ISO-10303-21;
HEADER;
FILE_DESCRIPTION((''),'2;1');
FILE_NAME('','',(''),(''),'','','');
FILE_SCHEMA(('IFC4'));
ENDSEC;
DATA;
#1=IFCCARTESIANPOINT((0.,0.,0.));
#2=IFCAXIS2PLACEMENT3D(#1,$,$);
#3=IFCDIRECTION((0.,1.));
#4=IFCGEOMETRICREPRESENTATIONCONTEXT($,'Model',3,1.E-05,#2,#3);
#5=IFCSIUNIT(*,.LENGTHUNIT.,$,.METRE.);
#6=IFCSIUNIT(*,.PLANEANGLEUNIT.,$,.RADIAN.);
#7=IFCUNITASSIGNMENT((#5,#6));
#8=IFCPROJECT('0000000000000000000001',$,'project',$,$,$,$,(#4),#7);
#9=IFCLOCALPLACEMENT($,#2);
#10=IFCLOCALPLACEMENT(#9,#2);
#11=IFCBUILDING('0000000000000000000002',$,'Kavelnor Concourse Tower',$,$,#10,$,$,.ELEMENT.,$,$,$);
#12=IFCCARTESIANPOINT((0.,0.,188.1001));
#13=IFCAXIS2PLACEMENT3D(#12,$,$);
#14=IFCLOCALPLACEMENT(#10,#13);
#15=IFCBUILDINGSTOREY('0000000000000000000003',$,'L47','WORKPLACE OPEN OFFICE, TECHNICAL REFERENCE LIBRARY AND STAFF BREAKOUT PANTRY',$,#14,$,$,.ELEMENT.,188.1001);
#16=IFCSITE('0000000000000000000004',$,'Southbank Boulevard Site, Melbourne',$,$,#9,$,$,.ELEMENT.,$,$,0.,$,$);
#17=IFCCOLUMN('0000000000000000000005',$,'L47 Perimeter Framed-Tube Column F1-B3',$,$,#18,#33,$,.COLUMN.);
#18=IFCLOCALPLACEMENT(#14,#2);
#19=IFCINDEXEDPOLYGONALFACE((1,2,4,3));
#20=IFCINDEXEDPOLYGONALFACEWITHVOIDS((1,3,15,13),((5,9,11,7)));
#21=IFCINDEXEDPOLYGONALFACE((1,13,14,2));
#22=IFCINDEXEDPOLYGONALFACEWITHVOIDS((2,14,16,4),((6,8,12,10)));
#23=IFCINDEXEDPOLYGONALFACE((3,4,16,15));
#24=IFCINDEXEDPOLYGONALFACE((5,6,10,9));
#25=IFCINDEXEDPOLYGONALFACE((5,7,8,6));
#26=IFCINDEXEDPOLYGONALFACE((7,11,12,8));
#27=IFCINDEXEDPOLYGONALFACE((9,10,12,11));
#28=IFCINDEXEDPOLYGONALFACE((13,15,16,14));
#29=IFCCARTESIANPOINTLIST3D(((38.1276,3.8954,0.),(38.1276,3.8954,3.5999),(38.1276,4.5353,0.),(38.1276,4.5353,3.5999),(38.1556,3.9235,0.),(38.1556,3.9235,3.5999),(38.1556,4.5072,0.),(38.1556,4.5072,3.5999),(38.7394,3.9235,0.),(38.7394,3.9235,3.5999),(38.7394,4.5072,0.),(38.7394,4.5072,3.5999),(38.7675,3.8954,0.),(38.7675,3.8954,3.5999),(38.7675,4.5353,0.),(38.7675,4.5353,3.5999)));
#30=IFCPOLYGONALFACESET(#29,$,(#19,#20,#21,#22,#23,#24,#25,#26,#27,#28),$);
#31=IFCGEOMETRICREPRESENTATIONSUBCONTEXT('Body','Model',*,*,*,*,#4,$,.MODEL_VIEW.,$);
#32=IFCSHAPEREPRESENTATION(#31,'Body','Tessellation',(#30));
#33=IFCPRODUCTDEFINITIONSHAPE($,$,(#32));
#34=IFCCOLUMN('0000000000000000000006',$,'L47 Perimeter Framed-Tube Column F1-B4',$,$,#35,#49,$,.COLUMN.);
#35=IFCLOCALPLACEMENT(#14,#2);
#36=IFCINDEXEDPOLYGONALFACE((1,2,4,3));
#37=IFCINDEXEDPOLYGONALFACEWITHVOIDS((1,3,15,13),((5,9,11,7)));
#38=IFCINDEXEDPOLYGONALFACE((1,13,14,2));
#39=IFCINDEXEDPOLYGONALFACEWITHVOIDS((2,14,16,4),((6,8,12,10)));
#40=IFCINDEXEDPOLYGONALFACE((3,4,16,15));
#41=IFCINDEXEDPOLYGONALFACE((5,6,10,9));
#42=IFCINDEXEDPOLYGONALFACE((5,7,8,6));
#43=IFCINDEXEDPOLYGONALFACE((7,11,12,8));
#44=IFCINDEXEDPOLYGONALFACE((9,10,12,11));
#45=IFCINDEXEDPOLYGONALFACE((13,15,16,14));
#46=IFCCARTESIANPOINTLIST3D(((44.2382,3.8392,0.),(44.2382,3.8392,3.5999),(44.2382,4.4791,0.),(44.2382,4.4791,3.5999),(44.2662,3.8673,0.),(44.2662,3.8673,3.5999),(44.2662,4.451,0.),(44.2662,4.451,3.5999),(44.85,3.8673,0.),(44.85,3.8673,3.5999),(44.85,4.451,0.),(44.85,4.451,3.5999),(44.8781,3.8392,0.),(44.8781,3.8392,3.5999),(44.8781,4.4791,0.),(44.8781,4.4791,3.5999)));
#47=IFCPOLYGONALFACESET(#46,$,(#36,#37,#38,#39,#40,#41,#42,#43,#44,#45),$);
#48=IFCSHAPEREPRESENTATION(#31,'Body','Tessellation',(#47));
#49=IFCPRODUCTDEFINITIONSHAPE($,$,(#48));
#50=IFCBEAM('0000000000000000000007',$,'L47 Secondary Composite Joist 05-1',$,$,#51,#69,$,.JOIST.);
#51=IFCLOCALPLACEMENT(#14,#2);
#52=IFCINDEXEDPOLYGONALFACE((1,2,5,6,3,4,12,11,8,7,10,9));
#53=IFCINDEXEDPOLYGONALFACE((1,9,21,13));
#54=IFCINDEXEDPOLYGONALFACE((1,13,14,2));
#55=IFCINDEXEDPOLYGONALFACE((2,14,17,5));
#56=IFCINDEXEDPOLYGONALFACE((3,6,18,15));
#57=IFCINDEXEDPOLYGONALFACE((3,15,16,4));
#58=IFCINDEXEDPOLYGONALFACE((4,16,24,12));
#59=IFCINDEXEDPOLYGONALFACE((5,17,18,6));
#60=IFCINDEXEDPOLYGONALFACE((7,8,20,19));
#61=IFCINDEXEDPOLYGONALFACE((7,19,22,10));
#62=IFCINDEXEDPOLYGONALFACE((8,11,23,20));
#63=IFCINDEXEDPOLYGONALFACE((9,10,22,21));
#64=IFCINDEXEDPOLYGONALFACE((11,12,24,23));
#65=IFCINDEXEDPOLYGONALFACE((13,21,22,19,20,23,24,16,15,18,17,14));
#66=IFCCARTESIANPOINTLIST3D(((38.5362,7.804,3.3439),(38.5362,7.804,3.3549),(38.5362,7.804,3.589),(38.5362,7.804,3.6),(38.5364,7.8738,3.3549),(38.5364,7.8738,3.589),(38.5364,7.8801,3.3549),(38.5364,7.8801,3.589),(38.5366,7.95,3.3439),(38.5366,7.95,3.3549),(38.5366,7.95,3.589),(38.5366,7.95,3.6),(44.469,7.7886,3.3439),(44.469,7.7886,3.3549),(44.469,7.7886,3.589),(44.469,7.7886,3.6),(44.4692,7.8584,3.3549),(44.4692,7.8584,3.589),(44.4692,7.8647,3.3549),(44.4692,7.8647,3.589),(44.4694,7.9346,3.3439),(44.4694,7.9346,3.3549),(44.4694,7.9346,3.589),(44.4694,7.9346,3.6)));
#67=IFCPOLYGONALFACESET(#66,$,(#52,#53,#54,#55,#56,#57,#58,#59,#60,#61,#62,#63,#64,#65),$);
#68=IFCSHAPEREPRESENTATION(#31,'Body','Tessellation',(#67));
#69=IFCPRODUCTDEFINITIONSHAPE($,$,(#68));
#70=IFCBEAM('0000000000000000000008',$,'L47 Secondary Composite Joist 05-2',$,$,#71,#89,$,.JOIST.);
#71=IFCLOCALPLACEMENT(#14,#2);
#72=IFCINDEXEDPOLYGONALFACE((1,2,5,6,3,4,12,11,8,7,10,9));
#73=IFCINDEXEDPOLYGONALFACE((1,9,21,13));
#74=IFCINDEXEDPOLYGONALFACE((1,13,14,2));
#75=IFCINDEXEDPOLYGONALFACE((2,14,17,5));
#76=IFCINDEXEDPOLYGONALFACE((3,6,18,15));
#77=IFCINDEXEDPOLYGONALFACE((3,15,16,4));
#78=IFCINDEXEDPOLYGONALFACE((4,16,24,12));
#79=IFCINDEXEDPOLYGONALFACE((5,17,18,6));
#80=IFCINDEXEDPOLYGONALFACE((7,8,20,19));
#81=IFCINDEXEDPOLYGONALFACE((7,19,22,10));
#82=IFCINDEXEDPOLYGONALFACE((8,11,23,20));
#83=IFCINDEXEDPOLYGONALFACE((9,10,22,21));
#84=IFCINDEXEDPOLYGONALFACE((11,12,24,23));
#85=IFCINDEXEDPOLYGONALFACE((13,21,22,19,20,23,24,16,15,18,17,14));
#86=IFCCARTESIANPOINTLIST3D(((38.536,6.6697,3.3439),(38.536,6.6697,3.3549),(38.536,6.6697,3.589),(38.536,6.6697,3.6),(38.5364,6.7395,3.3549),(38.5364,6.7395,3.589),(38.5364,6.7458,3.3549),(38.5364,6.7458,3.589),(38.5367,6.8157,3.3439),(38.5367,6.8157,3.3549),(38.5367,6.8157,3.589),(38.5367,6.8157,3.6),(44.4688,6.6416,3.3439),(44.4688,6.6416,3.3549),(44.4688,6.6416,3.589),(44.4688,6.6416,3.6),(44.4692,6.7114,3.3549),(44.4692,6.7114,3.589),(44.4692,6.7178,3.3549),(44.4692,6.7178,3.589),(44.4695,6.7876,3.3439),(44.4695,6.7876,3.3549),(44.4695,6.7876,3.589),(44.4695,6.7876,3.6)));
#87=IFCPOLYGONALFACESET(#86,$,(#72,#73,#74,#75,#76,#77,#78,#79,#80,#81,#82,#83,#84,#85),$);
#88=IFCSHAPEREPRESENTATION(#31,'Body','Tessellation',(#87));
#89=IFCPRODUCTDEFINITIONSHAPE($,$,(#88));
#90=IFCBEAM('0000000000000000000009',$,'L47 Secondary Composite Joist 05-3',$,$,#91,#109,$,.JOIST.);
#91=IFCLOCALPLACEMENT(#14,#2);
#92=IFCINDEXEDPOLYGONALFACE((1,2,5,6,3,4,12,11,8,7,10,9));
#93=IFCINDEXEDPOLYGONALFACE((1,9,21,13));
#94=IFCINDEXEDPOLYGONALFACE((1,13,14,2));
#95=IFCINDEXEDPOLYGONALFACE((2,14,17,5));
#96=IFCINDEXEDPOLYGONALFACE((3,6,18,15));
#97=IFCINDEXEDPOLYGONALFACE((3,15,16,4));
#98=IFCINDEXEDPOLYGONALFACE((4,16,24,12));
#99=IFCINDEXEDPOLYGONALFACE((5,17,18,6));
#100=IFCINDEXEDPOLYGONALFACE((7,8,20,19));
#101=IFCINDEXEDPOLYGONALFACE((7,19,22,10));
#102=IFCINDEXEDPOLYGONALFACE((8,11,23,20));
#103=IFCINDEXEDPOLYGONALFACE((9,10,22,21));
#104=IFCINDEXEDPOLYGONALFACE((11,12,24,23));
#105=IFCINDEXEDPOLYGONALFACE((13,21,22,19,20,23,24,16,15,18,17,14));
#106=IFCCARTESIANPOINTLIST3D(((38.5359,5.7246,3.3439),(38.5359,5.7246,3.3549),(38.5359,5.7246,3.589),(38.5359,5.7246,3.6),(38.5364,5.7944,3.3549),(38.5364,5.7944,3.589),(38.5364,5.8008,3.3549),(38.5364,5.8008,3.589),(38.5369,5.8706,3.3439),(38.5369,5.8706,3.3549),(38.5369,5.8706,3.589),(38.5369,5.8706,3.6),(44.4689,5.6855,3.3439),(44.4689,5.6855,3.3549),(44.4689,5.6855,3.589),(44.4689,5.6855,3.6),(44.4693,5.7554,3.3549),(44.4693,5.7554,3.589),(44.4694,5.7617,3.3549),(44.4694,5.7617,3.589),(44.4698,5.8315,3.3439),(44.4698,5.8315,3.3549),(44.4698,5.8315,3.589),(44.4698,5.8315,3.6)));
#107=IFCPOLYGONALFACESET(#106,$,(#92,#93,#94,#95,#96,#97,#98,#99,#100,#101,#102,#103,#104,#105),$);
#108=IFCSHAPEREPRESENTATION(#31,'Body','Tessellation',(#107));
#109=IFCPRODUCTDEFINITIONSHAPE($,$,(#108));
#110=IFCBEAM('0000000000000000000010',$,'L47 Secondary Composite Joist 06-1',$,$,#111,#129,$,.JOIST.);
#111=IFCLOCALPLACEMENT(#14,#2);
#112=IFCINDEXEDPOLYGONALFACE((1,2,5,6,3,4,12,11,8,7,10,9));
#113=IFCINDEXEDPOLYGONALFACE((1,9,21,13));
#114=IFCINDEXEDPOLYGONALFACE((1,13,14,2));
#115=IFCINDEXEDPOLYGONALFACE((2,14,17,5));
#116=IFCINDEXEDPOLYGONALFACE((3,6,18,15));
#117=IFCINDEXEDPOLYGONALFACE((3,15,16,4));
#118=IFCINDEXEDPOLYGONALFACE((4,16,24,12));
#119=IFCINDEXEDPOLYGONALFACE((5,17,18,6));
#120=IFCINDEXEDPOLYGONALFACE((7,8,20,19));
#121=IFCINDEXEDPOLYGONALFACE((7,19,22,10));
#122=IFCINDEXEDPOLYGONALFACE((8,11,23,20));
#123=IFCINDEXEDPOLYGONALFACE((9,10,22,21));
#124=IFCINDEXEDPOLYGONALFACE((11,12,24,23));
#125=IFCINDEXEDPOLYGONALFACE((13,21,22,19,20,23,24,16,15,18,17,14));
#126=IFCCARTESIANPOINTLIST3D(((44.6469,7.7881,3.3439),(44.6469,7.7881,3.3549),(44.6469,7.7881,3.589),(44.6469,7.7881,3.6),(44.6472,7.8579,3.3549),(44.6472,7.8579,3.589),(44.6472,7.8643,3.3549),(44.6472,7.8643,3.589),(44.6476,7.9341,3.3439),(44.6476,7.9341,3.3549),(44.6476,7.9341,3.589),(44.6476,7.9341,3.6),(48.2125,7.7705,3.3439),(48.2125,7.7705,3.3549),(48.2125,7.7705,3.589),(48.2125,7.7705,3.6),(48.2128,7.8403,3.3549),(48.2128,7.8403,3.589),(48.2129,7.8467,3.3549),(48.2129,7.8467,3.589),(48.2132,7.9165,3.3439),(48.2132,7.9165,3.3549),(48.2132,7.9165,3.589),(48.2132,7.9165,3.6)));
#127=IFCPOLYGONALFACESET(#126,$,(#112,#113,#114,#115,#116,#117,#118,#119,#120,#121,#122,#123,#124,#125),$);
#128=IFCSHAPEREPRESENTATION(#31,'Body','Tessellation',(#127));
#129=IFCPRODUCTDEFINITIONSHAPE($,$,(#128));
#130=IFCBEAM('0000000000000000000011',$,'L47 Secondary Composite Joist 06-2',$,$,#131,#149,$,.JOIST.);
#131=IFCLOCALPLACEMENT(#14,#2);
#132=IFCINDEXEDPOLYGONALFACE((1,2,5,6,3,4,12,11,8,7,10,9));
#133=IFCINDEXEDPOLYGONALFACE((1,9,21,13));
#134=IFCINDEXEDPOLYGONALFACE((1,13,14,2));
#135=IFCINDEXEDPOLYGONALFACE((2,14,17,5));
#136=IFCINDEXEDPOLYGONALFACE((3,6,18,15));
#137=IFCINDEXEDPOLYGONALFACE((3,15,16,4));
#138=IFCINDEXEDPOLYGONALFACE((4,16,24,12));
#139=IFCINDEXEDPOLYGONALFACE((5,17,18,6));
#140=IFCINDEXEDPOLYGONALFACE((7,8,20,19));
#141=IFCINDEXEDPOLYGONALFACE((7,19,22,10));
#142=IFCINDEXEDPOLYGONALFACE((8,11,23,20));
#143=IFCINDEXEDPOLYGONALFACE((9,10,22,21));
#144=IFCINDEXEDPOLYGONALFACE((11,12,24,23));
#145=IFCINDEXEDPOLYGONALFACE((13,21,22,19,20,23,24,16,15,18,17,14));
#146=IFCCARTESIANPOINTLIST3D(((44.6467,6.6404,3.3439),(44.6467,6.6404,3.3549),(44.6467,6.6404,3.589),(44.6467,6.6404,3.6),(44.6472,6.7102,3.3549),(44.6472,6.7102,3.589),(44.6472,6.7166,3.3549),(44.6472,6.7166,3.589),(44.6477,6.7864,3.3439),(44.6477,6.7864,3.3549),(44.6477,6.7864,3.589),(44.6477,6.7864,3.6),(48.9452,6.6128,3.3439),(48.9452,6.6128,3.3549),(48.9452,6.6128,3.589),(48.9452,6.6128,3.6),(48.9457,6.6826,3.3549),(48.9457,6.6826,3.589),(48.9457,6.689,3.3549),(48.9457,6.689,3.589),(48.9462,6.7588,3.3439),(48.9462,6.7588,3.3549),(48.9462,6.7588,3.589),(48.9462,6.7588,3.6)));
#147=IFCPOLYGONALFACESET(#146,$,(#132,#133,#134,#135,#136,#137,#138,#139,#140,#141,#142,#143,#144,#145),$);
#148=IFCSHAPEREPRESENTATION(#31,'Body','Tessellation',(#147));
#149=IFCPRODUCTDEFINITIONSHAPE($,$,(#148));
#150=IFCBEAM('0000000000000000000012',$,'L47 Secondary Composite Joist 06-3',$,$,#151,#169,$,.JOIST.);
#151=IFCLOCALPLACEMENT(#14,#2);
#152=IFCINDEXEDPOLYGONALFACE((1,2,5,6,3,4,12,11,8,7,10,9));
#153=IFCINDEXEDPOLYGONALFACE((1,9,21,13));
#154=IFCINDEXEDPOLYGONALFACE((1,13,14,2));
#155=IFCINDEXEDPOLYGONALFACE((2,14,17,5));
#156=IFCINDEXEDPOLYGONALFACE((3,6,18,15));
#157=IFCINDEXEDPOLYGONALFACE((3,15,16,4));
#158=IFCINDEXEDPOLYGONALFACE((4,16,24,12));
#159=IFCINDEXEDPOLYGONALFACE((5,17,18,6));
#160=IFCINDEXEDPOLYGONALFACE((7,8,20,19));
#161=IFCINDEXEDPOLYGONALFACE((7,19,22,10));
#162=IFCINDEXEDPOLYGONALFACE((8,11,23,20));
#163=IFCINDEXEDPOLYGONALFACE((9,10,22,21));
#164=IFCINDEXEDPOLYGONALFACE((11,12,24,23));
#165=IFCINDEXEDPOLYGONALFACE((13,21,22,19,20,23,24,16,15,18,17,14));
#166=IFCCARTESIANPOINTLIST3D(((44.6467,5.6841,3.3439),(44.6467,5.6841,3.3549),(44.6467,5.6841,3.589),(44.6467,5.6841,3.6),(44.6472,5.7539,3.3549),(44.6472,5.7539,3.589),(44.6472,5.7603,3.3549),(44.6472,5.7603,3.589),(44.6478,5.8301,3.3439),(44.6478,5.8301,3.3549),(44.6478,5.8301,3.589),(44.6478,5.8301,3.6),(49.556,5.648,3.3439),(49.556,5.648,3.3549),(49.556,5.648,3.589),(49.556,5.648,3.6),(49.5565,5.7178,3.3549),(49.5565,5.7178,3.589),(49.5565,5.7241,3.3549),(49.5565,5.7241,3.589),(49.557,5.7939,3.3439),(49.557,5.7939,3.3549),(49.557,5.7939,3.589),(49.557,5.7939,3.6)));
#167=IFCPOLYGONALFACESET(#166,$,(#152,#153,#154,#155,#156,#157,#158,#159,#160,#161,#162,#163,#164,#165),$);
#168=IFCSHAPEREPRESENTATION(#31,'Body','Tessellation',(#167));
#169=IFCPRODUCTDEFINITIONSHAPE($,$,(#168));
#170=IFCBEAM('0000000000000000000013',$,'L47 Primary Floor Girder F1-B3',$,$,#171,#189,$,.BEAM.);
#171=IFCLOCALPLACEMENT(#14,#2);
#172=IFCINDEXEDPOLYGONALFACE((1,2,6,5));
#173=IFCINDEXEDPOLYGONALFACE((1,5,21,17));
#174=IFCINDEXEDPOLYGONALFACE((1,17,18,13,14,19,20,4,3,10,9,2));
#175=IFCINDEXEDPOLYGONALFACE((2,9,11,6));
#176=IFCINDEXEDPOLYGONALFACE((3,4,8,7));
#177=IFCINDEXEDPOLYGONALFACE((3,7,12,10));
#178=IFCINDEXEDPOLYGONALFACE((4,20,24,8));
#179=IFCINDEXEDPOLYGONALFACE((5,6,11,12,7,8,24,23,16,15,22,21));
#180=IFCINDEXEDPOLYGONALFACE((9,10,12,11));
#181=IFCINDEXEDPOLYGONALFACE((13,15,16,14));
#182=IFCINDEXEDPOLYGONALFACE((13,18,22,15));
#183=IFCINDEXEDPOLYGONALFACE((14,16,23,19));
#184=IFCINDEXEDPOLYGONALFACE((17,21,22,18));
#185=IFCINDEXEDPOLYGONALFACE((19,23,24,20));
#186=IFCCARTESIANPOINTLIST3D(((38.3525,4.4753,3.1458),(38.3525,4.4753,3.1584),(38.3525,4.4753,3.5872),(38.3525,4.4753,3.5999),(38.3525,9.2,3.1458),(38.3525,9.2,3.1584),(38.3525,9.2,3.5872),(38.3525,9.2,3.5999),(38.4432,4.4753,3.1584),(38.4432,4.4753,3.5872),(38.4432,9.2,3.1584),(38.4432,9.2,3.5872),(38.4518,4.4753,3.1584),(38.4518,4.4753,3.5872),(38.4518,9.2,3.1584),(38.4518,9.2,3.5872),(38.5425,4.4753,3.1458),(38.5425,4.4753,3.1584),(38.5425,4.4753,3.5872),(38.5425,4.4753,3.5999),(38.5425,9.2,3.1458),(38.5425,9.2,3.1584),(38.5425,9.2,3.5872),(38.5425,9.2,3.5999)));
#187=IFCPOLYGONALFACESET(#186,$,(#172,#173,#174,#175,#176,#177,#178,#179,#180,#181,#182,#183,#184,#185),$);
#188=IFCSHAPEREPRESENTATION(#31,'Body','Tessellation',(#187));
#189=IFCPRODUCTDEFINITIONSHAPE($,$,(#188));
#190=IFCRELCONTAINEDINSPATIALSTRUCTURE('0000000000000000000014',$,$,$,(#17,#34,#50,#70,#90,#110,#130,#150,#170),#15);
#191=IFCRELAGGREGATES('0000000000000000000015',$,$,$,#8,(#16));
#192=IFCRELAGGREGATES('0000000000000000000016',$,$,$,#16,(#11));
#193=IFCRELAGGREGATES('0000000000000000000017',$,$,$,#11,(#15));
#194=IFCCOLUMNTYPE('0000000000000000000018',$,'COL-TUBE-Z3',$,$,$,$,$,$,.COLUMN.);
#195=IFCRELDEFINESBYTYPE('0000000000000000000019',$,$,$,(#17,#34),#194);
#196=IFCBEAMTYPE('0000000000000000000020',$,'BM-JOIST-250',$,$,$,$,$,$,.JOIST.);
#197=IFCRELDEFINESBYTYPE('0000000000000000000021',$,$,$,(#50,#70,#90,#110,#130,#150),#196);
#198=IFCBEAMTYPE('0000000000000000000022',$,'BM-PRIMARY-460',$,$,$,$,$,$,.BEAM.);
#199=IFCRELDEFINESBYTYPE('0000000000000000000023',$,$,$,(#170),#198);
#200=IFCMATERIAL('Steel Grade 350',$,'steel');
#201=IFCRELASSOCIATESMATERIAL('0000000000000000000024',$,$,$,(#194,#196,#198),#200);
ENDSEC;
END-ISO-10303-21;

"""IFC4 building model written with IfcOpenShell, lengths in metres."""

from ifc_helpers import new_model, si_unit, direction, frame, origin, origin_2d, place, context, subcontext, project, spatial, hollow_rectangle, i_section, extrude, material, material_profile, profile_set, type_object, element, save


model = new_model("IFC4")

# Units and contexts
model_context = context("Model", 3, precision=1e-05, world=origin(), true_north=direction((0.0, 1.0)))
body_context = subcontext(model_context, "Body", "Model", "MODEL_VIEW")
ifc_project = project(units=[si_unit("LENGTHUNIT", "METRE"), si_unit("PLANEANGLEUNIT", "RADIAN")], contexts=[model_context])

# Site, building, storey
site_placement = place(None, origin())
site = spatial("IfcSite", under=ifc_project, at=site_placement, Name="Southbank Boulevard Site, Melbourne", CompositionType="ELEMENT", RefElevation=0.0)
building_placement = place(site_placement, origin())
building = spatial("IfcBuilding", under=site, at=building_placement, Name="Kavelnor Concourse Tower", CompositionType="ELEMENT")
storey_placement = place(building_placement, frame((0.0, 0.0, 188.1001)))
storey = spatial("IfcBuildingStorey", under=building, at=storey_placement, Name="L47", Description="WORKPLACE OPEN OFFICE, TECHNICAL REFERENCE LIBRARY AND STAFF BREAKOUT PANTRY", CompositionType="ELEMENT", Elevation=188.1001)

# Columns
ifc_material_1 = material(Name="Steel Grade 350", Category="steel")
ifc_material_profile_1 = material_profile(ifc_material_1, hollow_rectangle(XDim=0.6399, YDim=0.6399, WallThickness=0.0281, at=origin_2d()), Name="SHS 640x640x28")
ifc_profile_set_1 = profile_set([ifc_material_profile_1], Name="Steel Grade 350")
column_type = type_object("IfcColumnType", Name="COL-TUBE-Z3", PredefinedType="COLUMN", material=ifc_profile_set_1)
for number, where, z_axis, x_axis, name in (
    (1, (38.4475, 4.2153, 0.0), (0.0, 0.0, 1.0), (1.0, 0.0, 0.0), "L47 Perimeter Framed-Tube Column F1-B3"),
    (2, (44.5581, 4.1592, 0.0), (0.0, 0.0, 1.0), (1.0, 0.0, 0.0), "L47 Perimeter Framed-Tube Column F1-B4"),
):
    element("IfcColumn", number, at=place(storey_placement, frame(where, z_axis=z_axis, x_axis=x_axis)), inside=storey, type_object=column_type, Name=name, PredefinedType="COLUMN", context=body_context, shape_type="SweptSolid", body=[
        extrude(hollow_rectangle(XDim=0.6399, YDim=0.6399, WallThickness=0.0281, at=origin_2d()), origin(), (0.0, 0.0, 1.0), 3.5999),
    ])

# Beams
ifc_material_profile_2 = material_profile(ifc_material_1, i_section(OverallWidth=0.146, OverallDepth=0.2561, WebThickness=0.0063, FlangeThickness=0.011, at=origin_2d()), Name="250UB37")
ifc_profile_set_2 = profile_set([ifc_material_profile_2], Name="Steel Grade 350")
beam_type_1 = type_object("IfcBeamType", Name="BM-JOIST-250", PredefinedType="JOIST", material=ifc_profile_set_2)
for number, where, z_axis, x_axis, name in (
    (3, (38.5364, 7.877, 3.4719), (0.999997, -0.002592, 0.0), (0.002592, 0.999997, 0.0), "L47 Secondary Composite Joist 05-1"),
    (4, (38.5364, 6.7427, 3.4719), (0.999989, -0.004732, 0.0), (0.004732, 0.999989, 0.0), "L47 Secondary Composite Joist 05-2"),
):
    element("IfcBeam", number, at=place(storey_placement, frame(where, z_axis=z_axis, x_axis=x_axis)), inside=storey, type_object=beam_type_1, Name=name, PredefinedType="JOIST", context=body_context, shape_type="SweptSolid", body=[
        extrude(i_section(OverallWidth=0.146, OverallDepth=0.2561, WebThickness=0.0063, FlangeThickness=0.011, at=origin_2d()), origin(), (0.0, 0.0, 1.0), 5.9329),
    ])
beam_1_placement = place(storey_placement, frame((38.5364, 5.7976, 3.4719), z_axis=(0.999978, -0.006584, 0.0), x_axis=(0.006584, 0.999978, 0.0)))
element("IfcBeam", 5, at=beam_1_placement, inside=storey, type_object=beam_type_1, Name="L47 Secondary Composite Joist 05-3", PredefinedType="JOIST", context=body_context, shape_type="SweptSolid", body=[
    extrude(i_section(OverallWidth=0.146, OverallDepth=0.2561, WebThickness=0.0063, FlangeThickness=0.011, at=origin_2d()), origin(), (0.0, 0.0, 1.0), 5.9331),
])
beam_2_placement = place(storey_placement, frame((44.6472, 7.8611, 3.4719), z_axis=(0.999988, -0.00493, 0.0), x_axis=(0.00493, 0.999988, 0.0)))
element("IfcBeam", 6, at=beam_2_placement, inside=storey, type_object=beam_type_1, Name="L47 Secondary Composite Joist 06-1", PredefinedType="JOIST", context=body_context, shape_type="SweptSolid", body=[
    extrude(i_section(OverallWidth=0.146, OverallDepth=0.2561, WebThickness=0.0063, FlangeThickness=0.011, at=origin_2d()), origin(), (0.0, 0.0, 1.0), 3.5657),
])
beam_3_placement = place(storey_placement, frame((44.6472, 6.7134, 3.4719), z_axis=(0.999979, -0.006418, 0.0), x_axis=(0.006418, 0.999979, 0.0)))
element("IfcBeam", 7, at=beam_3_placement, inside=storey, type_object=beam_type_1, Name="L47 Secondary Composite Joist 06-2", PredefinedType="JOIST", context=body_context, shape_type="SweptSolid", body=[
    extrude(i_section(OverallWidth=0.146, OverallDepth=0.2561, WebThickness=0.0063, FlangeThickness=0.011, at=origin_2d()), origin(), (0.0, 0.0, 1.0), 4.2986),
])
beam_4_placement = place(storey_placement, frame((44.6472, 5.7571, 3.4719), z_axis=(0.999973, -0.00736, 0.0), x_axis=(0.00736, 0.999973, 0.0)))
element("IfcBeam", 8, at=beam_4_placement, inside=storey, type_object=beam_type_1, Name="L47 Secondary Composite Joist 06-3", PredefinedType="JOIST", context=body_context, shape_type="SweptSolid", body=[
    extrude(i_section(OverallWidth=0.146, OverallDepth=0.2561, WebThickness=0.0063, FlangeThickness=0.011, at=origin_2d()), origin(), (0.0, 0.0, 1.0), 4.9094),
])
ifc_material_profile_3 = material_profile(ifc_material_1, i_section(OverallWidth=0.1899, OverallDepth=0.4541, WebThickness=0.0085, FlangeThickness=0.0127, at=origin_2d()), Name="460UB67")
ifc_profile_set_3 = profile_set([ifc_material_profile_3], Name="Steel Grade 350")
beam_type_2 = type_object("IfcBeamType", Name="BM-PRIMARY-460", PredefinedType="BEAM", material=ifc_profile_set_3)
beam_5_placement = place(storey_placement, frame((38.4475, 9.2, 3.3728), z_axis=(0.0, -1.0, 0.0), x_axis=(1.0, 0.0, 0.0)))
element("IfcBeam", 9, at=beam_5_placement, inside=storey, type_object=beam_type_2, Name="L47 Primary Floor Girder F1-B3", PredefinedType="BEAM", context=body_context, shape_type="SweptSolid", body=[
    extrude(i_section(OverallWidth=0.1899, OverallDepth=0.4541, WebThickness=0.0085, FlangeThickness=0.0127, at=origin_2d()), origin(), (0.0, 0.0, 1.0), 4.7246),
])

save(model, "model.ifc")
